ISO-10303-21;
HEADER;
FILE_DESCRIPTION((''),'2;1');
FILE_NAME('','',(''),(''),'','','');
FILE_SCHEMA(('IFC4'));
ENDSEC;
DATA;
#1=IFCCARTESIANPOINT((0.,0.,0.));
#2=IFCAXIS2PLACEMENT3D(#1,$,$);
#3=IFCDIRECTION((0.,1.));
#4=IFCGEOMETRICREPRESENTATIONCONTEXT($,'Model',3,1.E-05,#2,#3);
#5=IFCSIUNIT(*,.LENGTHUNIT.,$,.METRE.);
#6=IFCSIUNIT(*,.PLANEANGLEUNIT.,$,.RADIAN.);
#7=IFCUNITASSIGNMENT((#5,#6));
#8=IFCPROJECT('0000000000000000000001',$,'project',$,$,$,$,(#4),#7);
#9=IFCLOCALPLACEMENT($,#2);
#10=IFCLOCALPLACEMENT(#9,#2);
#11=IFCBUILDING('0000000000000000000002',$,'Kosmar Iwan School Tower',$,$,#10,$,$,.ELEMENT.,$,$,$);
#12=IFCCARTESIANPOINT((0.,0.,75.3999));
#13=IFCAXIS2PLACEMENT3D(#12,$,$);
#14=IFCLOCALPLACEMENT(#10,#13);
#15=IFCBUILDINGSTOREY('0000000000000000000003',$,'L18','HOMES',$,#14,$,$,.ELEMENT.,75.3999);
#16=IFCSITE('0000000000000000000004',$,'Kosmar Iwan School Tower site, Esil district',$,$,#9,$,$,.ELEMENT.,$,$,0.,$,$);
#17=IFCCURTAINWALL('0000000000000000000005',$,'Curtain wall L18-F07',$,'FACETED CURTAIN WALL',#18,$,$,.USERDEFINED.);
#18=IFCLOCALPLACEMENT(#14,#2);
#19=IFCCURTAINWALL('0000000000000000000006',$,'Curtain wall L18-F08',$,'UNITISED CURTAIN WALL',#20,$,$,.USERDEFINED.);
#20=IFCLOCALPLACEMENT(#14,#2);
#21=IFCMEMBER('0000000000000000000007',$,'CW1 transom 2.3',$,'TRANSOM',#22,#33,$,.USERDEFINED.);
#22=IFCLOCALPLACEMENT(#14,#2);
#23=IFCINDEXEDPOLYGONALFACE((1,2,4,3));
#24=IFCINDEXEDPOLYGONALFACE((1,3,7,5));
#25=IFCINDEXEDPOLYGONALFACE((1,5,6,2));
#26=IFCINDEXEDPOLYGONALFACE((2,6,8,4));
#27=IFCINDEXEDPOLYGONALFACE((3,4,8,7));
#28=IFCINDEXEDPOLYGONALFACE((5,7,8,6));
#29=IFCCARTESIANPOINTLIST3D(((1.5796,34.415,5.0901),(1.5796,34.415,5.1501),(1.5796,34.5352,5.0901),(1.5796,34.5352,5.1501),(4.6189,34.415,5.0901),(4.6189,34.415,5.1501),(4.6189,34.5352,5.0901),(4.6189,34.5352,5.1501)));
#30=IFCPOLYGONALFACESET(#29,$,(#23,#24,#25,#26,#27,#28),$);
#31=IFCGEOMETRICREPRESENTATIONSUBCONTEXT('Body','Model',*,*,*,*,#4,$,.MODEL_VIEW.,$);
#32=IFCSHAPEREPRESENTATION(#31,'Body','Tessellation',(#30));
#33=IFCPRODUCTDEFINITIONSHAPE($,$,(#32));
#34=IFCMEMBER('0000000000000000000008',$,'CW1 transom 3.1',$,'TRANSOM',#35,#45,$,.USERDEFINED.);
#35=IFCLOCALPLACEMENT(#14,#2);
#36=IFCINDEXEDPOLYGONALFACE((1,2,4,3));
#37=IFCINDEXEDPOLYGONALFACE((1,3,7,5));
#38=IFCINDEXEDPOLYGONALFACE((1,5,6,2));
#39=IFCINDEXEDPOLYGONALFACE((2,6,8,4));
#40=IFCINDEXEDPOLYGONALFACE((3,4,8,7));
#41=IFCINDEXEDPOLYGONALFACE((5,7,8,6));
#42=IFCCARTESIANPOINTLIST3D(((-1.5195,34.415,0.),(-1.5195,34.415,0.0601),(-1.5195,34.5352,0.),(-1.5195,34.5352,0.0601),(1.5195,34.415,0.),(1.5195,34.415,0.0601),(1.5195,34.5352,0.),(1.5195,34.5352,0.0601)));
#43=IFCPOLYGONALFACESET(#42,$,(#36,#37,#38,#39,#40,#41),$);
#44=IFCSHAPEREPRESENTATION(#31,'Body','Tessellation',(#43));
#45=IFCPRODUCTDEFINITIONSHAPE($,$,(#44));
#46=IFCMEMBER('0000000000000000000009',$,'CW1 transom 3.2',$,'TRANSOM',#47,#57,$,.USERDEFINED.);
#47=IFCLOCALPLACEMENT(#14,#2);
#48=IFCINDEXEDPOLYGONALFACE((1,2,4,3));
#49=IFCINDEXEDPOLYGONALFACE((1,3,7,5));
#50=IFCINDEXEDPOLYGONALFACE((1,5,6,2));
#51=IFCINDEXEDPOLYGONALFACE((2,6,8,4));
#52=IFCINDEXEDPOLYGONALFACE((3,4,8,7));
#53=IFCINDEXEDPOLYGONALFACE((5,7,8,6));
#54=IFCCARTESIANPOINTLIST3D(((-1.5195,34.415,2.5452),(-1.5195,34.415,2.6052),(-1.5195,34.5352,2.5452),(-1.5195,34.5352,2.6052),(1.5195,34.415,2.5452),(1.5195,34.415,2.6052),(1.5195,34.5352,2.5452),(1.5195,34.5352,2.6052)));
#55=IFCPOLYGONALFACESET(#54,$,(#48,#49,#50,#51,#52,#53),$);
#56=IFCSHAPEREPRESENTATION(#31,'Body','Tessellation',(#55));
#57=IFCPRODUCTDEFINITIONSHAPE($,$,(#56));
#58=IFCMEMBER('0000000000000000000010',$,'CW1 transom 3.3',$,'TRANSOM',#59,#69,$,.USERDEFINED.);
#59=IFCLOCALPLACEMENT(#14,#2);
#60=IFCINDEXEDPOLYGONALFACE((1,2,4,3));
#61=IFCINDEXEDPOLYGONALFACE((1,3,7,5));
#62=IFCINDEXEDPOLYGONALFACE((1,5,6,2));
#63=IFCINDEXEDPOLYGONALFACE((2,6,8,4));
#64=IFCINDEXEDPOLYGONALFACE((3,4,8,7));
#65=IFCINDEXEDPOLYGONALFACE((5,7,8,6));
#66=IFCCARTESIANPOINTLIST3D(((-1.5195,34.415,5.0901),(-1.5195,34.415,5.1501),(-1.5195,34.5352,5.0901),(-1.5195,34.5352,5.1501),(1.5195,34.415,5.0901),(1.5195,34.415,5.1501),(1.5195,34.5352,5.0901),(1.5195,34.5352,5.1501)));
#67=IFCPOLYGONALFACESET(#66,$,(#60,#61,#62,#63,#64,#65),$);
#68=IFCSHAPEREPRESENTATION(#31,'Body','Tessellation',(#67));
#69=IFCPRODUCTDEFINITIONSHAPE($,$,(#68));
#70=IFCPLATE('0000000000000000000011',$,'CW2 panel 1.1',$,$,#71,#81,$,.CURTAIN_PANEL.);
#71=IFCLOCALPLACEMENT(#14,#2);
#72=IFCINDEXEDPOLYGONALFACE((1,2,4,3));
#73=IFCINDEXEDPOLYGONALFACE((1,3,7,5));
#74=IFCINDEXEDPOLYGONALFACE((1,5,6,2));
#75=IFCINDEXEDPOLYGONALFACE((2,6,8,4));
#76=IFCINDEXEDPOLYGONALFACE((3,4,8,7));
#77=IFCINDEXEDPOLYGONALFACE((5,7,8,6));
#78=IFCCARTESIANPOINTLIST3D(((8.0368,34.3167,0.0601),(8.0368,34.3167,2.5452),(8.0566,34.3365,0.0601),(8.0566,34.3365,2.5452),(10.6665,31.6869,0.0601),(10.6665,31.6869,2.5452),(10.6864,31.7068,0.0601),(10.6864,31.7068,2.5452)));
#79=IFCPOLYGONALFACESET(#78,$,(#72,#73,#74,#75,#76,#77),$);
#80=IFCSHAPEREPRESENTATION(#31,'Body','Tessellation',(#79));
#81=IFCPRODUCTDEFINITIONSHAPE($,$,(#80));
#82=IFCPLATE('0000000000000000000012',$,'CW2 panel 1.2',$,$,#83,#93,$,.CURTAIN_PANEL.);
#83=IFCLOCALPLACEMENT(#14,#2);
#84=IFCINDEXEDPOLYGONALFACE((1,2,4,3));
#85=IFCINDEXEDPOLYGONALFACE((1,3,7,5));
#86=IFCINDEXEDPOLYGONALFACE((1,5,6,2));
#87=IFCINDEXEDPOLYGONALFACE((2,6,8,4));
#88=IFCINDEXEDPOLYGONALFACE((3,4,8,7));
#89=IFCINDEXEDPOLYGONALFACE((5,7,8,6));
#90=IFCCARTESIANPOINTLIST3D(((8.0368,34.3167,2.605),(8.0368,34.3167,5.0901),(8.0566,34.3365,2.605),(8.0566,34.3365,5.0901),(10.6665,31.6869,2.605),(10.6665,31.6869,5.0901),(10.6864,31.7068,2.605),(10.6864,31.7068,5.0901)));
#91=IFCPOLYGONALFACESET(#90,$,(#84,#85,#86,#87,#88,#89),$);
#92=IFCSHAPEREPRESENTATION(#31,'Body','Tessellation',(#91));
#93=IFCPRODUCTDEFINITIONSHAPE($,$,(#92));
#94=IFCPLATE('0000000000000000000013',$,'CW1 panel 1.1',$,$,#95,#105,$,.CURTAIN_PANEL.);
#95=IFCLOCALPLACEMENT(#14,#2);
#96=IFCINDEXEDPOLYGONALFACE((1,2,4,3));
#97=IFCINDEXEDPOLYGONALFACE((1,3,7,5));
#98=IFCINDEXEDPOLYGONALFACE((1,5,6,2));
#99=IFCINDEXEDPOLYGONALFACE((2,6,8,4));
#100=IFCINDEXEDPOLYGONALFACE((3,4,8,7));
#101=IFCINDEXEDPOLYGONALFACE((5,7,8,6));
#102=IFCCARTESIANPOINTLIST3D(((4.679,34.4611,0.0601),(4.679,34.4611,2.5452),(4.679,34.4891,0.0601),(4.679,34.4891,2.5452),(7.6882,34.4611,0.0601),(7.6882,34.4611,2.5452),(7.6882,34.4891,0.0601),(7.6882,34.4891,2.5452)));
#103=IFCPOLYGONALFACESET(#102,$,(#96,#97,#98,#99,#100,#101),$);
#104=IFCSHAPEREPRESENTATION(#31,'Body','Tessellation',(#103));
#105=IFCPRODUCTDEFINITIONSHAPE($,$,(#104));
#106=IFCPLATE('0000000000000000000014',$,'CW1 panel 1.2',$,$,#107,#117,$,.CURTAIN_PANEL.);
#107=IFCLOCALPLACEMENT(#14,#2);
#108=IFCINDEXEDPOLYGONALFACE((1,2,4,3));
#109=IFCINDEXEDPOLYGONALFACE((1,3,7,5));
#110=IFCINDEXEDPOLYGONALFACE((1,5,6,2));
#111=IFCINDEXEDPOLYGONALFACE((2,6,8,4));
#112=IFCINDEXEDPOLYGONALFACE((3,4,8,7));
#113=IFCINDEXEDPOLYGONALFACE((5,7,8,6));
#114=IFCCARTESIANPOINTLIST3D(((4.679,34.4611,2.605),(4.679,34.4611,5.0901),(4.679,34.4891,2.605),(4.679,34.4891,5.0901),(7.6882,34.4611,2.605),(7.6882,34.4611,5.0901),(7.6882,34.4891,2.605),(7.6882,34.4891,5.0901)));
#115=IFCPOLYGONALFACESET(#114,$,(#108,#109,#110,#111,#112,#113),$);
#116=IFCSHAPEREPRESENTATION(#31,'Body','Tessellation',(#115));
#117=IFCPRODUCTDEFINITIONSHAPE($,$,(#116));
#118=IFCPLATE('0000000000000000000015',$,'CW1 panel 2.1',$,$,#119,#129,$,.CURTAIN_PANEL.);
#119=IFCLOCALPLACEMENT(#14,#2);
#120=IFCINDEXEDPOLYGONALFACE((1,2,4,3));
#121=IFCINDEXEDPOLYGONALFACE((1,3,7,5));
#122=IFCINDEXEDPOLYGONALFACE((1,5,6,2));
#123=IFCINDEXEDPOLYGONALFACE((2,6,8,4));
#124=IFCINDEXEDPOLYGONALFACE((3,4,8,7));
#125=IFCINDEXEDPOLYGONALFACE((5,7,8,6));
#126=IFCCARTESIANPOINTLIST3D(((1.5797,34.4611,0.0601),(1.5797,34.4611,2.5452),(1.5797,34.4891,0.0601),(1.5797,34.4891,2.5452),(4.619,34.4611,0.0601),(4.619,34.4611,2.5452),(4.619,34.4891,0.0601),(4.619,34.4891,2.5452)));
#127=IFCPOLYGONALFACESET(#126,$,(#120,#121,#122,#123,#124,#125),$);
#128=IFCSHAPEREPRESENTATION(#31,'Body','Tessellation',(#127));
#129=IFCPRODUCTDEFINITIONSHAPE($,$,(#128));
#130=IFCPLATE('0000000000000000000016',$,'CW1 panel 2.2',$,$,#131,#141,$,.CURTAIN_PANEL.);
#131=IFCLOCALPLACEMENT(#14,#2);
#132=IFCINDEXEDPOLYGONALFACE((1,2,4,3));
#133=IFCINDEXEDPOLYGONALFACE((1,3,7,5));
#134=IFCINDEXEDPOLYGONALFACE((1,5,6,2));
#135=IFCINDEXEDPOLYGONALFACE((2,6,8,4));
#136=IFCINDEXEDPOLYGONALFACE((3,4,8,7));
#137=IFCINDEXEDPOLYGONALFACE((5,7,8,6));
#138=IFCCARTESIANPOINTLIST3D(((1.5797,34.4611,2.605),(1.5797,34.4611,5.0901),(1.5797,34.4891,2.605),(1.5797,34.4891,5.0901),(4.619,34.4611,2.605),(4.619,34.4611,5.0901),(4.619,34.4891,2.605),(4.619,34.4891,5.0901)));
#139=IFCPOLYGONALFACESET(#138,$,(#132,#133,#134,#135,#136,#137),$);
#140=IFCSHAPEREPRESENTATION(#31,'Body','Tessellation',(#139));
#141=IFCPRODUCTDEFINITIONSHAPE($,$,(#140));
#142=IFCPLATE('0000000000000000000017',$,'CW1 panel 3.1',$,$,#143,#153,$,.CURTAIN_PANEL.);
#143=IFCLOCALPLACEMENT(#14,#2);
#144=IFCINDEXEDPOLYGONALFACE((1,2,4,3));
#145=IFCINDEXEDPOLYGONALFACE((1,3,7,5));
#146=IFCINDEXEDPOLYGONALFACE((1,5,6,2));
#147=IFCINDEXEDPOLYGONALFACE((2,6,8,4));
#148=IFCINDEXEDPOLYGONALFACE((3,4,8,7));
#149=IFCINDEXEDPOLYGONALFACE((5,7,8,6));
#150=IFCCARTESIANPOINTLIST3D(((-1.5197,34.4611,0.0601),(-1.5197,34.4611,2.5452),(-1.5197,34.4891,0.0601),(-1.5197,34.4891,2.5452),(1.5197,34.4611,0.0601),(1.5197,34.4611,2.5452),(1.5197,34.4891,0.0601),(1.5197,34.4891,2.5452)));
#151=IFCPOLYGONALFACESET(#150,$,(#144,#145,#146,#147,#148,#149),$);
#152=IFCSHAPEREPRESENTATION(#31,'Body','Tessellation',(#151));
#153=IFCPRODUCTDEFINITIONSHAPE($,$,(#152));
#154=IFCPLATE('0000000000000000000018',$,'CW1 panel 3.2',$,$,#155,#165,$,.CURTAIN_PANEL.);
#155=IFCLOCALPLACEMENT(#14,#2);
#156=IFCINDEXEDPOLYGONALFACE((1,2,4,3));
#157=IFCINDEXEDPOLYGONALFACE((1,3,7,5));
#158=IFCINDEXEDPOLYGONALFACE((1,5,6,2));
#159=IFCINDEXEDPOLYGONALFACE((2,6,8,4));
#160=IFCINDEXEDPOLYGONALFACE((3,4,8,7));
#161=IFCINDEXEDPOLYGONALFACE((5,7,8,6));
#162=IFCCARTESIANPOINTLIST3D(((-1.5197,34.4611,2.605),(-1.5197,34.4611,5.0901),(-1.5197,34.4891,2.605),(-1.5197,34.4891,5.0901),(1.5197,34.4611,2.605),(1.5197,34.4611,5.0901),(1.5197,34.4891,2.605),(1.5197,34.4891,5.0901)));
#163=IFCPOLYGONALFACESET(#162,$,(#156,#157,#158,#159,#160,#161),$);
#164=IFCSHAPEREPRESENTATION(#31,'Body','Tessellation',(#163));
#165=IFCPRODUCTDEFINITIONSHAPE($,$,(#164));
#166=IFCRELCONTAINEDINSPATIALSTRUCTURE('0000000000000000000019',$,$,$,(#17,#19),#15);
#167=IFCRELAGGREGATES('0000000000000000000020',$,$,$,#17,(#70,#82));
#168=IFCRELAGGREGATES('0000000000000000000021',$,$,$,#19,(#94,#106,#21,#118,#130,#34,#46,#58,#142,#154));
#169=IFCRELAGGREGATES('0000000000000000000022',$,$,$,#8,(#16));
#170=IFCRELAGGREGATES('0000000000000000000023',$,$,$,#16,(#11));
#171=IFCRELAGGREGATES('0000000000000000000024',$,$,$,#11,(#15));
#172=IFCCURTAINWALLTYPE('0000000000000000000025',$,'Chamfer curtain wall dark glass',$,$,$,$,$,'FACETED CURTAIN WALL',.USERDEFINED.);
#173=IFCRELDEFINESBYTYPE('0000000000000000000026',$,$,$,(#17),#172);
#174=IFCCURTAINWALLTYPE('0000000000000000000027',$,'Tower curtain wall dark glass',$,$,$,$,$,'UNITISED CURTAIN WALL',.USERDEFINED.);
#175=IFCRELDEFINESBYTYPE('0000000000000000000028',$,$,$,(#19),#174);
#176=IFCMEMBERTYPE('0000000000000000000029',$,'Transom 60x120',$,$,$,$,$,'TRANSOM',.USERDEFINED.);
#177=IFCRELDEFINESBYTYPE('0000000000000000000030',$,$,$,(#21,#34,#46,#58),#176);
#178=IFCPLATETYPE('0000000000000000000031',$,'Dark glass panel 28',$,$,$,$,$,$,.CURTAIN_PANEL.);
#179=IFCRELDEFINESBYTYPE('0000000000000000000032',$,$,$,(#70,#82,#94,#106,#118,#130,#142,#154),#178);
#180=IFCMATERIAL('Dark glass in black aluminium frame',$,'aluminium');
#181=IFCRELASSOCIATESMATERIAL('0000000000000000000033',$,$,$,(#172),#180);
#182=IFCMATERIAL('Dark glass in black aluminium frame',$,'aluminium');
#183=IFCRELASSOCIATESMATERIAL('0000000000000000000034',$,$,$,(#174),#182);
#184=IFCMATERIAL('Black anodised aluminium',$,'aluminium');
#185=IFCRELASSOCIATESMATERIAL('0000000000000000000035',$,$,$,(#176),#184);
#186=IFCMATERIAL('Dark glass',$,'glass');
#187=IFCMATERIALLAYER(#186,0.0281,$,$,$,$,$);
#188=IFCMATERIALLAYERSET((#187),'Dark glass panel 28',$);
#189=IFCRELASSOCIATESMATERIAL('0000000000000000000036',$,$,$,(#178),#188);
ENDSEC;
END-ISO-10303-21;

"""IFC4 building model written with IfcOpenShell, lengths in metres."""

from ifc_helpers import new_model, si_unit, direction, frame, origin, origin_2d, place, context, subcontext, project, spatial, rectangle, extrude, material, layer, layer_set, material_profile, profile_set, type_object, element, aggregate, save


model = new_model("IFC4")

# Units and contexts
model_context = context("Model", 3, precision=1e-05, world=origin(), true_north=direction((0.0, 1.0)))
body_context = subcontext(model_context, "Body", "Model", "MODEL_VIEW")
ifc_project = project(units=[si_unit("LENGTHUNIT", "METRE"), si_unit("PLANEANGLEUNIT", "RADIAN")], contexts=[model_context])

# Site, building, storey
site_placement = place(None, origin())
site = spatial("IfcSite", under=ifc_project, at=site_placement, Name="Kosmar Iwan School Tower site, Esil district", CompositionType="ELEMENT", RefElevation=0.0)
building_placement = place(site_placement, origin())
building = spatial("IfcBuilding", under=site, at=building_placement, Name="Kosmar Iwan School Tower", CompositionType="ELEMENT")
storey_placement = place(building_placement, frame((0.0, 0.0, 75.3999)))
storey = spatial("IfcBuildingStorey", under=building, at=storey_placement, Name="L18", Description="HOMES", CompositionType="ELEMENT", Elevation=75.3999)

# Curtain wall
ifc_material_1 = material(Name="Dark glass in black aluminium frame", Category="aluminium")
curtain_wall_type_1 = type_object("IfcCurtainWallType", Name="Chamfer curtain wall dark glass", ElementType="FACETED CURTAIN WALL", PredefinedType="USERDEFINED", material=ifc_material_1)
curtain_wall_1_placement = place(storey_placement, origin())
curtain_wall_1 = element("IfcCurtainWall", 1, at=curtain_wall_1_placement, inside=storey, type_object=curtain_wall_type_1, Name="Curtain wall L18-F07", ObjectType="FACETED CURTAIN WALL", PredefinedType="USERDEFINED")

# Curtain wall
ifc_material_2 = material(Name="Dark glass in black aluminium frame", Category="aluminium")
curtain_wall_type_2 = type_object("IfcCurtainWallType", Name="Tower curtain wall dark glass", ElementType="UNITISED CURTAIN WALL", PredefinedType="USERDEFINED", material=ifc_material_2)
curtain_wall_2_placement = place(storey_placement, origin())
curtain_wall_2 = element("IfcCurtainWall", 2, at=curtain_wall_2_placement, inside=storey, type_object=curtain_wall_type_2, Name="Curtain wall L18-F08", ObjectType="UNITISED CURTAIN WALL", PredefinedType="USERDEFINED")

# Members
ifc_material_3 = material(Name="Black anodised aluminium", Category="aluminium")
ifc_material_profile_1 = material_profile(ifc_material_3, rectangle(XDim=0.1201, YDim=0.0601, at=origin_2d()), Name="TRANSOM 60x120")
ifc_profile_set_1 = profile_set([ifc_material_profile_1], Name="Black anodised aluminium")
member_type_1 = type_object("IfcMemberType", Name="Transom 60x120", ElementType="TRANSOM", PredefinedType="USERDEFINED", material=ifc_profile_set_1)
member_1_placement = place(storey_placement, frame((4.6189, 34.4751, 5.1201), z_axis=(-1.0, 0.0, 0.0), x_axis=(0.0, -1.0, 0.0)))
member_1 = element("IfcMember", 3, at=member_1_placement, type_object=member_type_1, Name="CW1 transom 2.3", ObjectType="TRANSOM", PredefinedType="USERDEFINED", context=body_context, shape_type="SweptSolid", body=[
    extrude(rectangle(XDim=0.1201, YDim=0.0601, at=origin_2d()), origin(), (0.0, 0.0, 1.0), 3.0393),
])
member_2_placement = place(storey_placement, frame((1.5195, 34.4751, 0.03), z_axis=(-1.0, 0.0, 0.0), x_axis=(0.0, -1.0, 0.0)))
member_2 = element("IfcMember", 4, at=member_2_placement, type_object=member_type_1, Name="CW1 transom 3.1", ObjectType="TRANSOM", PredefinedType="USERDEFINED", context=body_context, shape_type="SweptSolid", body=[
    extrude(rectangle(XDim=0.1201, YDim=0.0601, at=origin_2d()), origin(), (0.0, 0.0, 1.0), 3.0391),
])
member_3_placement = place(storey_placement, frame((1.5195, 34.4751, 2.5752), z_axis=(-1.0, 0.0, 0.0), x_axis=(0.0, -1.0, 0.0)))
member_3 = element("IfcMember", 5, at=member_3_placement, type_object=member_type_1, Name="CW1 transom 3.2", ObjectType="TRANSOM", PredefinedType="USERDEFINED", context=body_context, shape_type="SweptSolid", body=[
    extrude(rectangle(XDim=0.1201, YDim=0.0601, at=origin_2d()), origin(), (0.0, 0.0, 1.0), 3.0391),
])
member_4_placement = place(storey_placement, frame((1.5195, 34.4751, 5.1201), z_axis=(-1.0, 0.0, 0.0), x_axis=(0.0, -1.0, 0.0)))
member_4 = element("IfcMember", 6, at=member_4_placement, type_object=member_type_1, Name="CW1 transom 3.3", ObjectType="TRANSOM", PredefinedType="USERDEFINED", context=body_context, shape_type="SweptSolid", body=[
    extrude(rectangle(XDim=0.1201, YDim=0.0601, at=origin_2d()), origin(), (0.0, 0.0, 1.0), 3.0391),
])

# Plates
ifc_material_4 = material(Name="Dark glass", Category="glass")
ifc_layer = layer(ifc_material_4, 0.0281)
ifc_layer_set = layer_set([ifc_layer], Name="Dark glass panel 28")
plate_type = type_object("IfcPlateType", Name="Dark glass panel 28", PredefinedType="CURTAIN_PANEL", material=ifc_layer_set)
plate_1_placement = place(storey_placement, frame((9.3616, 33.0117, 0.0601), z_axis=(0.0, 0.0, 1.0), x_axis=(-0.707107, 0.707107, 0.0)))
plate_1 = element("IfcPlate", 7, at=plate_1_placement, type_object=plate_type, Name="CW2 panel 1.1", PredefinedType="CURTAIN_PANEL", context=body_context, shape_type="SweptSolid", body=[
    extrude(rectangle(XDim=3.719, YDim=0.0281, at=origin_2d()), origin(), (0.0, 0.0, 1.0), 2.4851),
])
plate_2_placement = place(storey_placement, frame((9.3616, 33.0117, 2.605), z_axis=(0.0, 0.0, 1.0), x_axis=(-0.707107, 0.707107, 0.0)))
plate_2 = element("IfcPlate", 8, at=plate_2_placement, type_object=plate_type, Name="CW2 panel 1.2", PredefinedType="CURTAIN_PANEL", context=body_context, shape_type="SweptSolid", body=[
    extrude(rectangle(XDim=3.719, YDim=0.0281, at=origin_2d()), origin(), (0.0, 0.0, 1.0), 2.4851),
])
aggregate(curtain_wall_1, [plate_1, plate_2])
plate_3_placement = place(storey_placement, frame((6.1836, 34.4751, 0.0601), z_axis=(0.0, 0.0, 1.0), x_axis=(-1.0, 0.0, 0.0)))
plate_3 = element("IfcPlate", 9, at=plate_3_placement, type_object=plate_type, Name="CW1 panel 1.1", PredefinedType="CURTAIN_PANEL", context=body_context, shape_type="SweptSolid", body=[
    extrude(rectangle(XDim=3.0093, YDim=0.0281, at=origin_2d()), origin(), (0.0, 0.0, 1.0), 2.4851),
])
plate_4_placement = place(storey_placement, frame((6.1836, 34.4751, 2.605), z_axis=(0.0, 0.0, 1.0), x_axis=(-1.0, 0.0, 0.0)))
plate_4 = element("IfcPlate", 10, at=plate_4_placement, type_object=plate_type, Name="CW1 panel 1.2", PredefinedType="CURTAIN_PANEL", context=body_context, shape_type="SweptSolid", body=[
    extrude(rectangle(XDim=3.0093, YDim=0.0281, at=origin_2d()), origin(), (0.0, 0.0, 1.0), 2.4851),
])
plate_5_placement = place(storey_placement, frame((3.0994, 34.4751, 0.0601), z_axis=(0.0, 0.0, 1.0), x_axis=(-1.0, 0.0, 0.0)))
plate_5 = element("IfcPlate", 11, at=plate_5_placement, type_object=plate_type, Name="CW1 panel 2.1", PredefinedType="CURTAIN_PANEL", context=body_context, shape_type="SweptSolid", body=[
    extrude(rectangle(XDim=3.0393, YDim=0.0281, at=origin_2d()), origin(), (0.0, 0.0, 1.0), 2.4851),
])
plate_6_placement = place(storey_placement, frame((3.0994, 34.4751, 2.605), z_axis=(0.0, 0.0, 1.0), x_axis=(-1.0, 0.0, 0.0)))
plate_6 = element("IfcPlate", 12, at=plate_6_placement, type_object=plate_type, Name="CW1 panel 2.2", PredefinedType="CURTAIN_PANEL", context=body_context, shape_type="SweptSolid", body=[
    extrude(rectangle(XDim=3.0393, YDim=0.0281, at=origin_2d()), origin(), (0.0, 0.0, 1.0), 2.4851),
])
plate_7_placement = place(storey_placement, frame((0.0, 34.4751, 0.0601), z_axis=(0.0, 0.0, 1.0), x_axis=(-1.0, 0.0, 0.0)))
plate_7 = element("IfcPlate", 13, at=plate_7_placement, type_object=plate_type, Name="CW1 panel 3.1", PredefinedType="CURTAIN_PANEL", context=body_context, shape_type="SweptSolid", body=[
    extrude(rectangle(XDim=3.0393, YDim=0.0281, at=origin_2d()), origin(), (0.0, 0.0, 1.0), 2.4851),
])
plate_8_placement = place(storey_placement, frame((0.0, 34.4751, 2.605), z_axis=(0.0, 0.0, 1.0), x_axis=(-1.0, 0.0, 0.0)))
plate_8 = element("IfcPlate", 14, at=plate_8_placement, type_object=plate_type, Name="CW1 panel 3.2", PredefinedType="CURTAIN_PANEL", context=body_context, shape_type="SweptSolid", body=[
    extrude(rectangle(XDim=3.0393, YDim=0.0281, at=origin_2d()), origin(), (0.0, 0.0, 1.0), 2.4851),
])
aggregate(curtain_wall_2, [plate_3, plate_4, member_1, plate_5, plate_6, member_2, member_3, member_4, plate_7, plate_8])

save(model, "model.ifc")
